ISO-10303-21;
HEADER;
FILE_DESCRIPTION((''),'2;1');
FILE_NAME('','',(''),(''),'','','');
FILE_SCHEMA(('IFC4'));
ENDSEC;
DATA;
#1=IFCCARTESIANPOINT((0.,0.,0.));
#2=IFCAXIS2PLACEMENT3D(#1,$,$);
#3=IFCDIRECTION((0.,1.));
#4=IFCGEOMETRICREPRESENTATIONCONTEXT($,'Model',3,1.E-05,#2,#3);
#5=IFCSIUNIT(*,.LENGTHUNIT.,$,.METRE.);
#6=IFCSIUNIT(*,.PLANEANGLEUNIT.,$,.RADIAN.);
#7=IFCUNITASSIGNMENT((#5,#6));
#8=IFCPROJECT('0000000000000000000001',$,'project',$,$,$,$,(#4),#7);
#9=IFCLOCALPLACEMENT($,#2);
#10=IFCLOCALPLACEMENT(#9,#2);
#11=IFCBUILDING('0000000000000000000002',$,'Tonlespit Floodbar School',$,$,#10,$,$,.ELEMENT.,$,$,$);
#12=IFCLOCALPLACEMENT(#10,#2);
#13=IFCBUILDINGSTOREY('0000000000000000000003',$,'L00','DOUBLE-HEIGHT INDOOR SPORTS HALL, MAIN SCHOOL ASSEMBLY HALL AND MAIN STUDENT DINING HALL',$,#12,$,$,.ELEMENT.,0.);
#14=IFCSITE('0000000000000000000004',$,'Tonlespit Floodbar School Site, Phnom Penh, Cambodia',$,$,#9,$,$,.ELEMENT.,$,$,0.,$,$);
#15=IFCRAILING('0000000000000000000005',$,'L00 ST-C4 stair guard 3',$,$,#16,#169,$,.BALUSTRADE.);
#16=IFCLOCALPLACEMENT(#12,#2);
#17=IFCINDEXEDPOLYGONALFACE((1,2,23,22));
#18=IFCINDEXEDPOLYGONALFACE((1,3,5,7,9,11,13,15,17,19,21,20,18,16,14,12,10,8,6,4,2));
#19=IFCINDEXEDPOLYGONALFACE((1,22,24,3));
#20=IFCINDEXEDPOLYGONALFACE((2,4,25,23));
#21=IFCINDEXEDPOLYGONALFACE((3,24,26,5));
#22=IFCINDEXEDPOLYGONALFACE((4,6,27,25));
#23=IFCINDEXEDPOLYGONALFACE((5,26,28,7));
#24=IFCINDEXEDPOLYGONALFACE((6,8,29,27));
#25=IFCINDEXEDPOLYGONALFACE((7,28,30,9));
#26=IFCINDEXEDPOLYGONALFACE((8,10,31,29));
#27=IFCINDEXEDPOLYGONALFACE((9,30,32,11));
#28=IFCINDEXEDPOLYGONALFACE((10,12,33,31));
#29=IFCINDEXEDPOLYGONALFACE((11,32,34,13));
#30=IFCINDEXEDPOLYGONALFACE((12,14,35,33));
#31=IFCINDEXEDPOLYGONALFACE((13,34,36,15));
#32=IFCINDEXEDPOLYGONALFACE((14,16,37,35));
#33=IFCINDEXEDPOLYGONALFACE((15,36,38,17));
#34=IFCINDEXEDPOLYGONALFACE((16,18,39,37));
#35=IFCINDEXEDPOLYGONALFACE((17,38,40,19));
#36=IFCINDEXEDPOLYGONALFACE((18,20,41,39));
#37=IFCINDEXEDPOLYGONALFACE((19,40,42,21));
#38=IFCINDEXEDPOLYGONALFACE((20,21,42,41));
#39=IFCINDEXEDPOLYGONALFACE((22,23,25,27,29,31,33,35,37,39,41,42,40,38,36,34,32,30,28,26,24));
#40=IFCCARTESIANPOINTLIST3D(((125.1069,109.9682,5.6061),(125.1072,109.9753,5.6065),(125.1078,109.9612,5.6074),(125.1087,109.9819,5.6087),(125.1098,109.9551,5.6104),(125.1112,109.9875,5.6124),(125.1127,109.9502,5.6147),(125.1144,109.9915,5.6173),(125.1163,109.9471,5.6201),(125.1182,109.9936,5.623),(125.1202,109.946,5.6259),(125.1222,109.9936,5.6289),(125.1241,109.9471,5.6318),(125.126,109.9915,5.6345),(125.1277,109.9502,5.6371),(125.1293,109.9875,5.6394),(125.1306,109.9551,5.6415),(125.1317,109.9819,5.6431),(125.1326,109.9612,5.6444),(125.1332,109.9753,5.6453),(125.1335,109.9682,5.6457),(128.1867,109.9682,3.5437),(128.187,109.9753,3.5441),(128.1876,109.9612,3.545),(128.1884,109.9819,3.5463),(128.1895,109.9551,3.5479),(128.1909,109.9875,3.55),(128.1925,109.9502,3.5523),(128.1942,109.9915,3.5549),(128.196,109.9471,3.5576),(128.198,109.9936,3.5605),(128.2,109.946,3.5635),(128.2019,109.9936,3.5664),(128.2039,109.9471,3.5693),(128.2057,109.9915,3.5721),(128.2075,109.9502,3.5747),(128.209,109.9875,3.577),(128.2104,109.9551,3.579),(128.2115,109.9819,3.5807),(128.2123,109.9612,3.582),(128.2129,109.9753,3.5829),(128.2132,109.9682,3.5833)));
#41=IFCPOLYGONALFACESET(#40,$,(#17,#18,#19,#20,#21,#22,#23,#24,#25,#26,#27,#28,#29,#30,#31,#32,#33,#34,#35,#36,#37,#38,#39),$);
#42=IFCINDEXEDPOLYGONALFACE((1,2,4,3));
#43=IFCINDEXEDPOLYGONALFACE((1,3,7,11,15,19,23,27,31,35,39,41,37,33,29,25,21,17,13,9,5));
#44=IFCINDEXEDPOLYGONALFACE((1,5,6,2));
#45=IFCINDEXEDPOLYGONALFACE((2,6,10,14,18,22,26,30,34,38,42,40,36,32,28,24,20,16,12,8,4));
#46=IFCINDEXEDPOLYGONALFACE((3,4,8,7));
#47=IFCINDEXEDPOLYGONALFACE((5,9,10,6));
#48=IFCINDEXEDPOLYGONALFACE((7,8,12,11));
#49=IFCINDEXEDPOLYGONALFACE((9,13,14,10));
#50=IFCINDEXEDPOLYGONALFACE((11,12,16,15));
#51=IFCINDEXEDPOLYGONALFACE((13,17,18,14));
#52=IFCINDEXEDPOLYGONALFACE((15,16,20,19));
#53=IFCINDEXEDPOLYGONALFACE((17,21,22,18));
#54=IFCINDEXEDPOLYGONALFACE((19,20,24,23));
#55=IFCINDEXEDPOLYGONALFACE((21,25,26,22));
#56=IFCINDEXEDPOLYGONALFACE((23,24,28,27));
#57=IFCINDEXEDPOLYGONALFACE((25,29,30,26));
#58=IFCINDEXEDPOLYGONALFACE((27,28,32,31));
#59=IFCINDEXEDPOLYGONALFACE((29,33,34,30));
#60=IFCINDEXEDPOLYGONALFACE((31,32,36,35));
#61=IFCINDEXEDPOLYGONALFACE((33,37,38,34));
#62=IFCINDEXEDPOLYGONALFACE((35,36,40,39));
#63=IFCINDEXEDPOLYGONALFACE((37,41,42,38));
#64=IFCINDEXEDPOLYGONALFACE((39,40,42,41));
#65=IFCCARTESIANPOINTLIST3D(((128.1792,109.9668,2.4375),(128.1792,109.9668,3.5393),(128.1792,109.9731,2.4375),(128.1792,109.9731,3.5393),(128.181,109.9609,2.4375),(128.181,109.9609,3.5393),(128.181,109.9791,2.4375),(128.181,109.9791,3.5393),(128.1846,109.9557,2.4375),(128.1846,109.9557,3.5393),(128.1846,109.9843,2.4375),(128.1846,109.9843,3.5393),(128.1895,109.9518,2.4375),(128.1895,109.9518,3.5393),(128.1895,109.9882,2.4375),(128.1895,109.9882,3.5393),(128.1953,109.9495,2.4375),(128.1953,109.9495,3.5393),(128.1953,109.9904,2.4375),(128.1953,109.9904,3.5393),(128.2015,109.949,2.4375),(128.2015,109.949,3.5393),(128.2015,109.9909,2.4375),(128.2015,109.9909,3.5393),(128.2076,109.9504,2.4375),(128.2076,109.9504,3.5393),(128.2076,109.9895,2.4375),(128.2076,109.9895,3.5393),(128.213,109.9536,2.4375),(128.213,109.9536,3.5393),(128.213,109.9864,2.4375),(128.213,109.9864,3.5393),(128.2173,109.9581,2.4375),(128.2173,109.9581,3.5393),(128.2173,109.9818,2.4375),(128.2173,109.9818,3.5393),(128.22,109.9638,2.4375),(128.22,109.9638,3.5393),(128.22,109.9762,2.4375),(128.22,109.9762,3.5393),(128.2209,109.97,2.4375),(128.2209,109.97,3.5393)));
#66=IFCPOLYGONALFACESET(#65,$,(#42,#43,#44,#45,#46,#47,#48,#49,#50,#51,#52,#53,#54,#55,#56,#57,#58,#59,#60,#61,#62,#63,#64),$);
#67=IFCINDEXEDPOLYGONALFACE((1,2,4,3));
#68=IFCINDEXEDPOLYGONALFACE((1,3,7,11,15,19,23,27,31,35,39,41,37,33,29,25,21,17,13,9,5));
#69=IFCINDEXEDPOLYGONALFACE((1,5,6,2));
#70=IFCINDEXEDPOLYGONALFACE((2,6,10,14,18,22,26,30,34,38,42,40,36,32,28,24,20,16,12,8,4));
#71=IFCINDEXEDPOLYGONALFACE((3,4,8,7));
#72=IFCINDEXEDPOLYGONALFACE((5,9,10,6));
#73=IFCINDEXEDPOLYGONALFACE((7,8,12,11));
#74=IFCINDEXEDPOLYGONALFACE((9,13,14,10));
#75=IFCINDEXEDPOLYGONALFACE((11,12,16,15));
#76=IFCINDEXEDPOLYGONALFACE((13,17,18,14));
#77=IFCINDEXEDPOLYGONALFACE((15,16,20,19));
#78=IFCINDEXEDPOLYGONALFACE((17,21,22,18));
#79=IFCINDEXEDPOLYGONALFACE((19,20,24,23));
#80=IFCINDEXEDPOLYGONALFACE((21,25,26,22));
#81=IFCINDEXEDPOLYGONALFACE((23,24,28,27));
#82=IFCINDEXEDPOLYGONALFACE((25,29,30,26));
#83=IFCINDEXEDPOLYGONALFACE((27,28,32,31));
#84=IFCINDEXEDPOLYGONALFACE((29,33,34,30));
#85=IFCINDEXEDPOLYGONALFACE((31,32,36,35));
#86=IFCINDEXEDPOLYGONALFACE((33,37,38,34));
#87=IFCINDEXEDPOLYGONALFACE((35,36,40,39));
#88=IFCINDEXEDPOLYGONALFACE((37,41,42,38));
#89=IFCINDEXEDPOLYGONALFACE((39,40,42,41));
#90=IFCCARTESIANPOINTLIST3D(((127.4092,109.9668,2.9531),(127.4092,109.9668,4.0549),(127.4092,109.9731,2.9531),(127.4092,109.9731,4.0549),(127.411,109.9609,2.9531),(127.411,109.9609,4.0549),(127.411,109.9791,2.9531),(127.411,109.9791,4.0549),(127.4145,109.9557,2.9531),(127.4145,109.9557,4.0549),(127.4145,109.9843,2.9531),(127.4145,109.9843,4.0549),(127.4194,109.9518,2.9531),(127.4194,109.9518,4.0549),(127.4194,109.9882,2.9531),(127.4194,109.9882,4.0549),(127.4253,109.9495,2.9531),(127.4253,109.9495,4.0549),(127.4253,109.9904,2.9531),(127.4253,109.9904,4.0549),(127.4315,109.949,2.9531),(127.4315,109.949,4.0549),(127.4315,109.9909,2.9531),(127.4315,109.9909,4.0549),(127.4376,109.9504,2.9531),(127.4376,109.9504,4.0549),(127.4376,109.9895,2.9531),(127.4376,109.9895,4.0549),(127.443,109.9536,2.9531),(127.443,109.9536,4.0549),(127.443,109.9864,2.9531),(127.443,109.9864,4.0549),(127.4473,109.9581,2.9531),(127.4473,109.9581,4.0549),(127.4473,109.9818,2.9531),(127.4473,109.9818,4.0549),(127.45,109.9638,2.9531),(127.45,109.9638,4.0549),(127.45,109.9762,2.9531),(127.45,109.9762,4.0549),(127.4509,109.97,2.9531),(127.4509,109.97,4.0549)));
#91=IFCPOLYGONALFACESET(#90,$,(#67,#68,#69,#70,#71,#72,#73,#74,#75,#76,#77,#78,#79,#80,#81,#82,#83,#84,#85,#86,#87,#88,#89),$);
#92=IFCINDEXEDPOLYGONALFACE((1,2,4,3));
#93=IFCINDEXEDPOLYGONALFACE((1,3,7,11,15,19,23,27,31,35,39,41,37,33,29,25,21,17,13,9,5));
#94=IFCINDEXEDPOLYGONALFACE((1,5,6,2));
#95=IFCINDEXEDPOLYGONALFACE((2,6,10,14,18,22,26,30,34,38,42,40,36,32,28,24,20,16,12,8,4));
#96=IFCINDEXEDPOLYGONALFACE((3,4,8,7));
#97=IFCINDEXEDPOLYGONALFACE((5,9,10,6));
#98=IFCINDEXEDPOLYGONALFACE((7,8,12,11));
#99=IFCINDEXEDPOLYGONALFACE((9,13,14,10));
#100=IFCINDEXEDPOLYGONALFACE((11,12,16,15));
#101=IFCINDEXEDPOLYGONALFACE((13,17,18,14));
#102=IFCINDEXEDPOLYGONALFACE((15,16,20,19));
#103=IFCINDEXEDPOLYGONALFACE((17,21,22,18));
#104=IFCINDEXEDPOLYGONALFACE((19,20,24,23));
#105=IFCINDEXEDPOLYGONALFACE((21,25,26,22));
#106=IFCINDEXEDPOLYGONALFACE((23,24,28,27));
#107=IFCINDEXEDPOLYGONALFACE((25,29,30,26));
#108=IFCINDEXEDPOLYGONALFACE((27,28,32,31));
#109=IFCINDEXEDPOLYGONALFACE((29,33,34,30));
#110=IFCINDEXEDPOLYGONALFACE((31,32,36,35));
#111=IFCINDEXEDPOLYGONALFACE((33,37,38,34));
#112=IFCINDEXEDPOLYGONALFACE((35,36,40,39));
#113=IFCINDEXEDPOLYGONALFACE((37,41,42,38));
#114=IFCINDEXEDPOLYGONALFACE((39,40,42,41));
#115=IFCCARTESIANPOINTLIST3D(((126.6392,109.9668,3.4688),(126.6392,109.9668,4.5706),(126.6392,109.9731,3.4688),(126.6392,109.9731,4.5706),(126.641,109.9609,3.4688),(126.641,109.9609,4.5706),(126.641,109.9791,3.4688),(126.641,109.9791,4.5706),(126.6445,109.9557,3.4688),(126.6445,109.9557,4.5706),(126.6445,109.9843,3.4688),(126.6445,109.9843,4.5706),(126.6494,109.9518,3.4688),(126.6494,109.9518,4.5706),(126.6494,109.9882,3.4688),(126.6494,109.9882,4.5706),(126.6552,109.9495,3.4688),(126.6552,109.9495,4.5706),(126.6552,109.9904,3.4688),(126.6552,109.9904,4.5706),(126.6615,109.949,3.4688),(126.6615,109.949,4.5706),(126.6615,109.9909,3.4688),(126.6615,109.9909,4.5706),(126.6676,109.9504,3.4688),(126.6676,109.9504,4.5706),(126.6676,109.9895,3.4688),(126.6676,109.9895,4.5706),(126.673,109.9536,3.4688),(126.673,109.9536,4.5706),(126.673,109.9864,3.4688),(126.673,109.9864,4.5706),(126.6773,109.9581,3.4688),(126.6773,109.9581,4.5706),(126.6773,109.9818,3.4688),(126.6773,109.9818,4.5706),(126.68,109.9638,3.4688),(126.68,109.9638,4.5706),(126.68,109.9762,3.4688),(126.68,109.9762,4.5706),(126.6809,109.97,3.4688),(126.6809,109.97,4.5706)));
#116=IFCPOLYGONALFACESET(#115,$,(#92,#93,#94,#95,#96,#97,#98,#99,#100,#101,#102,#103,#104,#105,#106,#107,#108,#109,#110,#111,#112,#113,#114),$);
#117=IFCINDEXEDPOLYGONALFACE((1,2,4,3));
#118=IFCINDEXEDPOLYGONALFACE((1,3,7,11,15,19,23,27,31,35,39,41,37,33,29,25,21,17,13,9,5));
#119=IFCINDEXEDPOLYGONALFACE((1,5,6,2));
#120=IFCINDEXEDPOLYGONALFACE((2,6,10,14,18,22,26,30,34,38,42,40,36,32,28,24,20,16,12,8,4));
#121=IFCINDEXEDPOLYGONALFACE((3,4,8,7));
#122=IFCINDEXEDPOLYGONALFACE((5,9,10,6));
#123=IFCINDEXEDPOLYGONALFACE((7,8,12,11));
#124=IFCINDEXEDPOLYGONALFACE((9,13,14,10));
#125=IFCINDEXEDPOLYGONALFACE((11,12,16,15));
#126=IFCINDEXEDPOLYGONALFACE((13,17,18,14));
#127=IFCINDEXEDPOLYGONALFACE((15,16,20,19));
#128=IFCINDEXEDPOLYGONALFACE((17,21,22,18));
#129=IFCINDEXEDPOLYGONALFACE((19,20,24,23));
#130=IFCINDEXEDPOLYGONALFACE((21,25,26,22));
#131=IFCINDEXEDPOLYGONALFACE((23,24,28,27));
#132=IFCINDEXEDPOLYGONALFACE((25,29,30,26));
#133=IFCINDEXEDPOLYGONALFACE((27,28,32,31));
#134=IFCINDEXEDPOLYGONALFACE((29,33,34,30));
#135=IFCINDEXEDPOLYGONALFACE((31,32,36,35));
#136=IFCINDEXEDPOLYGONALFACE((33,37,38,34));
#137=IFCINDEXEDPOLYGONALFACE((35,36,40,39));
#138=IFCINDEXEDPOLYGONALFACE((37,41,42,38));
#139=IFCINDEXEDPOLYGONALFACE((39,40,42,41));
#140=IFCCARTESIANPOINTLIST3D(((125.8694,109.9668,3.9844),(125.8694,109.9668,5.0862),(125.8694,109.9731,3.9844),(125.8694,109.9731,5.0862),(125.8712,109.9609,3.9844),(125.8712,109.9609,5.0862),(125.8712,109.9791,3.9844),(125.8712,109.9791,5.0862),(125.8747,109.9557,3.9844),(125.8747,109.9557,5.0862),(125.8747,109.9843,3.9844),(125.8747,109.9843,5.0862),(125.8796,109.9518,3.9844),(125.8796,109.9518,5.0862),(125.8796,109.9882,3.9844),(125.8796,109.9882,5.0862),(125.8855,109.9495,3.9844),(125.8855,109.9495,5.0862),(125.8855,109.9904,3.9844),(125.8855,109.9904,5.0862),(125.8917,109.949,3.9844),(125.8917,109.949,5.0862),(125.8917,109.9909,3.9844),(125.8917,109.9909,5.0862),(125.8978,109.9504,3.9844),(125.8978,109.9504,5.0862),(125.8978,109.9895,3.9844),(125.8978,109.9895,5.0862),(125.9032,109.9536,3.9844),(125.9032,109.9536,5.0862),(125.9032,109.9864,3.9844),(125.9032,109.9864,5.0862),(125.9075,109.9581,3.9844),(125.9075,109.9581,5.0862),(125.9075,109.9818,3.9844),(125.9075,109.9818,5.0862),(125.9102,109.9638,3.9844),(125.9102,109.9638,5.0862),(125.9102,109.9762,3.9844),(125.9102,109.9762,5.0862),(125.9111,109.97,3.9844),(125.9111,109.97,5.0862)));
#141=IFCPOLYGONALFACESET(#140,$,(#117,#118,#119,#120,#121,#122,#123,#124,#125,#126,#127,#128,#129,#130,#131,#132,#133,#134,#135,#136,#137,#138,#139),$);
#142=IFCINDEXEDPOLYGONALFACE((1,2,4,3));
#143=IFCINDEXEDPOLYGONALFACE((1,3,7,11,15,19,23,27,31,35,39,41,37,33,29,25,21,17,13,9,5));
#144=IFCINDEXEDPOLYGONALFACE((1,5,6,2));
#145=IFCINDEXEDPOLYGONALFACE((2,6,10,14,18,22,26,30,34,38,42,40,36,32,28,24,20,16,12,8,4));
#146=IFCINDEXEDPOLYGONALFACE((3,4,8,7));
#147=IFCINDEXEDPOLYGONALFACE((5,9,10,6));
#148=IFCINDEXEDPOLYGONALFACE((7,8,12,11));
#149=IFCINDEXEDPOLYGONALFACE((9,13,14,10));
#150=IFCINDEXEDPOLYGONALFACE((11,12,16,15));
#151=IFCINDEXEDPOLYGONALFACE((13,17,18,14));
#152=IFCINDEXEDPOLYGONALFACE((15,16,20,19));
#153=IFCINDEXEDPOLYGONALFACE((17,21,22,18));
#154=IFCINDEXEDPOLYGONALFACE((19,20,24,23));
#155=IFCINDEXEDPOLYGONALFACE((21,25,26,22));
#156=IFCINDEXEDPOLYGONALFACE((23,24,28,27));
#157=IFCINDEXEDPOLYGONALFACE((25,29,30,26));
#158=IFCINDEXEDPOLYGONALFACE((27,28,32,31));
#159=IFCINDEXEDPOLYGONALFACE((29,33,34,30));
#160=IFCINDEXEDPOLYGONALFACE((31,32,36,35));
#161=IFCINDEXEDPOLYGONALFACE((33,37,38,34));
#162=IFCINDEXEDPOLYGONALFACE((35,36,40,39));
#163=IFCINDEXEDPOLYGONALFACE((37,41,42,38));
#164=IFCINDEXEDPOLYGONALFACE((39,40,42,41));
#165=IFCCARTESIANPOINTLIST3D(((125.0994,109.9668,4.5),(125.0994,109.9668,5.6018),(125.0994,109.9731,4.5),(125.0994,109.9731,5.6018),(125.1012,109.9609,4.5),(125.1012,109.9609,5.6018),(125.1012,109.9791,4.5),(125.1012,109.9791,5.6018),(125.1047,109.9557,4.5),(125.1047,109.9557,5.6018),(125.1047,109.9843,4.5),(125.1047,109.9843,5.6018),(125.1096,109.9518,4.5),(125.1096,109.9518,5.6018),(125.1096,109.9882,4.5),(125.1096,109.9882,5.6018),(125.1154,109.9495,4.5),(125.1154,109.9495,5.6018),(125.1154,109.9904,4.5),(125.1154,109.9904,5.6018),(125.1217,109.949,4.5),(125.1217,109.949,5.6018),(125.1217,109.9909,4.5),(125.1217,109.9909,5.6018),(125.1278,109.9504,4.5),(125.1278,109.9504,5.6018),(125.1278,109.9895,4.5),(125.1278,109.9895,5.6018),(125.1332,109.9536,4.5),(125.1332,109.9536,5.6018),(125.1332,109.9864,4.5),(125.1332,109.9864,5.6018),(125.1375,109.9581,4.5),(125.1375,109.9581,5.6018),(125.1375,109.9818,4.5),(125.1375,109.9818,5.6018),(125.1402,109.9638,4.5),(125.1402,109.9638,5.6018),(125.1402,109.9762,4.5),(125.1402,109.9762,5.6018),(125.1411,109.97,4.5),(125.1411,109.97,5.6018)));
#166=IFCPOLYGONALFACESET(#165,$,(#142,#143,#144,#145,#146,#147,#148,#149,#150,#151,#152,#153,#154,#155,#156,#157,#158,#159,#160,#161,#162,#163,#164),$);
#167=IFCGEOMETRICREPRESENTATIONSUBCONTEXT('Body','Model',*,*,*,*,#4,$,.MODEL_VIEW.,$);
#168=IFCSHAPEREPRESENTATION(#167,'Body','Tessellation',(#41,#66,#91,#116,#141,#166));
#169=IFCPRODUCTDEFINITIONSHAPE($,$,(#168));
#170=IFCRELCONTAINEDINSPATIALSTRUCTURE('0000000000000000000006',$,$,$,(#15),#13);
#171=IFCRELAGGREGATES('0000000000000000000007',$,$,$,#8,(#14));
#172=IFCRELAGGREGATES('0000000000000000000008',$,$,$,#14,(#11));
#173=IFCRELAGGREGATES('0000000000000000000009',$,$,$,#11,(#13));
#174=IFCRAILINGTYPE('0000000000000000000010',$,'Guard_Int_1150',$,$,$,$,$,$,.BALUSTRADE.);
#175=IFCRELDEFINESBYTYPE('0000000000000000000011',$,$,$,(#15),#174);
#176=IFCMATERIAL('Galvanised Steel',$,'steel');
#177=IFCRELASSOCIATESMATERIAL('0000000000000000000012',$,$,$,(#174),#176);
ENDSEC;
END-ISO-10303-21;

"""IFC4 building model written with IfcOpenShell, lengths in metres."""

from ifc_helpers import new_model, si_unit, direction, frame, origin, origin_2d, place, context, subcontext, project, spatial, circle, extrude, material, type_object, element, save


model = new_model("IFC4")

# Units and contexts
model_context = context("Model", 3, precision=1e-05, world=origin(), true_north=direction((0.0, 1.0)))
body_context = subcontext(model_context, "Body", "Model", "MODEL_VIEW")
ifc_project = project(units=[si_unit("LENGTHUNIT", "METRE"), si_unit("PLANEANGLEUNIT", "RADIAN")], contexts=[model_context])

# Site, building, storey
site_placement = place(None, origin())
site = spatial("IfcSite", under=ifc_project, at=site_placement, Name="Tonlespit Floodbar School Site, Phnom Penh, Cambodia", CompositionType="ELEMENT", RefElevation=0.0)
building_placement = place(site_placement, origin())
building = spatial("IfcBuilding", under=site, at=building_placement, Name="Tonlespit Floodbar School", CompositionType="ELEMENT")
storey_placement = place(building_placement, origin())
storey = spatial("IfcBuildingStorey", under=building, at=storey_placement, Name="L00", Description="DOUBLE-HEIGHT INDOOR SPORTS HALL, MAIN SCHOOL ASSEMBLY HALL AND MAIN STUDENT DINING HALL", CompositionType="ELEMENT", Elevation=0.0)

# Railing
ifc_material_1 = material(Name="Galvanised Steel", Category="steel")
railing_type_1 = type_object("IfcRailingType", Name="Guard_Int_1150", PredefinedType="BALUSTRADE", material=ifc_material_1)
railing_1_placement = place(storey_placement, frame((128.2, 109.97, 2.4375)))
element("IfcRailing", 1, at=railing_1_placement, inside=storey, type_object=railing_type_1, Name="L00 ST-C4 stair guard 3", PredefinedType="BALUSTRADE", context=body_context, shape_type="SweptSolid", body=[
    extrude(circle(Radius=0.0239, at=origin_2d()), frame((0.0, 0.0, 1.126), z_axis=(-0.830893, 0.0, 0.556432), x_axis=(0.0, -1.0, 0.0)), (0.0, 0.0, 1.0), 3.7065),
    extrude(circle(Radius=0.021, at=origin_2d()), origin(), (0.0, 0.0, 1.0), 1.1018),
    extrude(circle(Radius=0.021, at=origin_2d()), frame((-0.77, 0.0, 0.5156)), (0.0, 0.0, 1.0), 1.1018),
    extrude(circle(Radius=0.021, at=origin_2d()), frame((-1.54, 0.0, 1.0312)), (0.0, 0.0, 1.0), 1.1018),
    extrude(circle(Radius=0.021, at=origin_2d()), frame((-2.3098, 0.0, 1.5469)), (0.0, 0.0, 1.0), 1.1018),
    extrude(circle(Radius=0.021, at=origin_2d()), frame((-3.0798, 0.0, 2.0625)), (0.0, 0.0, 1.0), 1.1018),
])

save(model, "model.ifc")
